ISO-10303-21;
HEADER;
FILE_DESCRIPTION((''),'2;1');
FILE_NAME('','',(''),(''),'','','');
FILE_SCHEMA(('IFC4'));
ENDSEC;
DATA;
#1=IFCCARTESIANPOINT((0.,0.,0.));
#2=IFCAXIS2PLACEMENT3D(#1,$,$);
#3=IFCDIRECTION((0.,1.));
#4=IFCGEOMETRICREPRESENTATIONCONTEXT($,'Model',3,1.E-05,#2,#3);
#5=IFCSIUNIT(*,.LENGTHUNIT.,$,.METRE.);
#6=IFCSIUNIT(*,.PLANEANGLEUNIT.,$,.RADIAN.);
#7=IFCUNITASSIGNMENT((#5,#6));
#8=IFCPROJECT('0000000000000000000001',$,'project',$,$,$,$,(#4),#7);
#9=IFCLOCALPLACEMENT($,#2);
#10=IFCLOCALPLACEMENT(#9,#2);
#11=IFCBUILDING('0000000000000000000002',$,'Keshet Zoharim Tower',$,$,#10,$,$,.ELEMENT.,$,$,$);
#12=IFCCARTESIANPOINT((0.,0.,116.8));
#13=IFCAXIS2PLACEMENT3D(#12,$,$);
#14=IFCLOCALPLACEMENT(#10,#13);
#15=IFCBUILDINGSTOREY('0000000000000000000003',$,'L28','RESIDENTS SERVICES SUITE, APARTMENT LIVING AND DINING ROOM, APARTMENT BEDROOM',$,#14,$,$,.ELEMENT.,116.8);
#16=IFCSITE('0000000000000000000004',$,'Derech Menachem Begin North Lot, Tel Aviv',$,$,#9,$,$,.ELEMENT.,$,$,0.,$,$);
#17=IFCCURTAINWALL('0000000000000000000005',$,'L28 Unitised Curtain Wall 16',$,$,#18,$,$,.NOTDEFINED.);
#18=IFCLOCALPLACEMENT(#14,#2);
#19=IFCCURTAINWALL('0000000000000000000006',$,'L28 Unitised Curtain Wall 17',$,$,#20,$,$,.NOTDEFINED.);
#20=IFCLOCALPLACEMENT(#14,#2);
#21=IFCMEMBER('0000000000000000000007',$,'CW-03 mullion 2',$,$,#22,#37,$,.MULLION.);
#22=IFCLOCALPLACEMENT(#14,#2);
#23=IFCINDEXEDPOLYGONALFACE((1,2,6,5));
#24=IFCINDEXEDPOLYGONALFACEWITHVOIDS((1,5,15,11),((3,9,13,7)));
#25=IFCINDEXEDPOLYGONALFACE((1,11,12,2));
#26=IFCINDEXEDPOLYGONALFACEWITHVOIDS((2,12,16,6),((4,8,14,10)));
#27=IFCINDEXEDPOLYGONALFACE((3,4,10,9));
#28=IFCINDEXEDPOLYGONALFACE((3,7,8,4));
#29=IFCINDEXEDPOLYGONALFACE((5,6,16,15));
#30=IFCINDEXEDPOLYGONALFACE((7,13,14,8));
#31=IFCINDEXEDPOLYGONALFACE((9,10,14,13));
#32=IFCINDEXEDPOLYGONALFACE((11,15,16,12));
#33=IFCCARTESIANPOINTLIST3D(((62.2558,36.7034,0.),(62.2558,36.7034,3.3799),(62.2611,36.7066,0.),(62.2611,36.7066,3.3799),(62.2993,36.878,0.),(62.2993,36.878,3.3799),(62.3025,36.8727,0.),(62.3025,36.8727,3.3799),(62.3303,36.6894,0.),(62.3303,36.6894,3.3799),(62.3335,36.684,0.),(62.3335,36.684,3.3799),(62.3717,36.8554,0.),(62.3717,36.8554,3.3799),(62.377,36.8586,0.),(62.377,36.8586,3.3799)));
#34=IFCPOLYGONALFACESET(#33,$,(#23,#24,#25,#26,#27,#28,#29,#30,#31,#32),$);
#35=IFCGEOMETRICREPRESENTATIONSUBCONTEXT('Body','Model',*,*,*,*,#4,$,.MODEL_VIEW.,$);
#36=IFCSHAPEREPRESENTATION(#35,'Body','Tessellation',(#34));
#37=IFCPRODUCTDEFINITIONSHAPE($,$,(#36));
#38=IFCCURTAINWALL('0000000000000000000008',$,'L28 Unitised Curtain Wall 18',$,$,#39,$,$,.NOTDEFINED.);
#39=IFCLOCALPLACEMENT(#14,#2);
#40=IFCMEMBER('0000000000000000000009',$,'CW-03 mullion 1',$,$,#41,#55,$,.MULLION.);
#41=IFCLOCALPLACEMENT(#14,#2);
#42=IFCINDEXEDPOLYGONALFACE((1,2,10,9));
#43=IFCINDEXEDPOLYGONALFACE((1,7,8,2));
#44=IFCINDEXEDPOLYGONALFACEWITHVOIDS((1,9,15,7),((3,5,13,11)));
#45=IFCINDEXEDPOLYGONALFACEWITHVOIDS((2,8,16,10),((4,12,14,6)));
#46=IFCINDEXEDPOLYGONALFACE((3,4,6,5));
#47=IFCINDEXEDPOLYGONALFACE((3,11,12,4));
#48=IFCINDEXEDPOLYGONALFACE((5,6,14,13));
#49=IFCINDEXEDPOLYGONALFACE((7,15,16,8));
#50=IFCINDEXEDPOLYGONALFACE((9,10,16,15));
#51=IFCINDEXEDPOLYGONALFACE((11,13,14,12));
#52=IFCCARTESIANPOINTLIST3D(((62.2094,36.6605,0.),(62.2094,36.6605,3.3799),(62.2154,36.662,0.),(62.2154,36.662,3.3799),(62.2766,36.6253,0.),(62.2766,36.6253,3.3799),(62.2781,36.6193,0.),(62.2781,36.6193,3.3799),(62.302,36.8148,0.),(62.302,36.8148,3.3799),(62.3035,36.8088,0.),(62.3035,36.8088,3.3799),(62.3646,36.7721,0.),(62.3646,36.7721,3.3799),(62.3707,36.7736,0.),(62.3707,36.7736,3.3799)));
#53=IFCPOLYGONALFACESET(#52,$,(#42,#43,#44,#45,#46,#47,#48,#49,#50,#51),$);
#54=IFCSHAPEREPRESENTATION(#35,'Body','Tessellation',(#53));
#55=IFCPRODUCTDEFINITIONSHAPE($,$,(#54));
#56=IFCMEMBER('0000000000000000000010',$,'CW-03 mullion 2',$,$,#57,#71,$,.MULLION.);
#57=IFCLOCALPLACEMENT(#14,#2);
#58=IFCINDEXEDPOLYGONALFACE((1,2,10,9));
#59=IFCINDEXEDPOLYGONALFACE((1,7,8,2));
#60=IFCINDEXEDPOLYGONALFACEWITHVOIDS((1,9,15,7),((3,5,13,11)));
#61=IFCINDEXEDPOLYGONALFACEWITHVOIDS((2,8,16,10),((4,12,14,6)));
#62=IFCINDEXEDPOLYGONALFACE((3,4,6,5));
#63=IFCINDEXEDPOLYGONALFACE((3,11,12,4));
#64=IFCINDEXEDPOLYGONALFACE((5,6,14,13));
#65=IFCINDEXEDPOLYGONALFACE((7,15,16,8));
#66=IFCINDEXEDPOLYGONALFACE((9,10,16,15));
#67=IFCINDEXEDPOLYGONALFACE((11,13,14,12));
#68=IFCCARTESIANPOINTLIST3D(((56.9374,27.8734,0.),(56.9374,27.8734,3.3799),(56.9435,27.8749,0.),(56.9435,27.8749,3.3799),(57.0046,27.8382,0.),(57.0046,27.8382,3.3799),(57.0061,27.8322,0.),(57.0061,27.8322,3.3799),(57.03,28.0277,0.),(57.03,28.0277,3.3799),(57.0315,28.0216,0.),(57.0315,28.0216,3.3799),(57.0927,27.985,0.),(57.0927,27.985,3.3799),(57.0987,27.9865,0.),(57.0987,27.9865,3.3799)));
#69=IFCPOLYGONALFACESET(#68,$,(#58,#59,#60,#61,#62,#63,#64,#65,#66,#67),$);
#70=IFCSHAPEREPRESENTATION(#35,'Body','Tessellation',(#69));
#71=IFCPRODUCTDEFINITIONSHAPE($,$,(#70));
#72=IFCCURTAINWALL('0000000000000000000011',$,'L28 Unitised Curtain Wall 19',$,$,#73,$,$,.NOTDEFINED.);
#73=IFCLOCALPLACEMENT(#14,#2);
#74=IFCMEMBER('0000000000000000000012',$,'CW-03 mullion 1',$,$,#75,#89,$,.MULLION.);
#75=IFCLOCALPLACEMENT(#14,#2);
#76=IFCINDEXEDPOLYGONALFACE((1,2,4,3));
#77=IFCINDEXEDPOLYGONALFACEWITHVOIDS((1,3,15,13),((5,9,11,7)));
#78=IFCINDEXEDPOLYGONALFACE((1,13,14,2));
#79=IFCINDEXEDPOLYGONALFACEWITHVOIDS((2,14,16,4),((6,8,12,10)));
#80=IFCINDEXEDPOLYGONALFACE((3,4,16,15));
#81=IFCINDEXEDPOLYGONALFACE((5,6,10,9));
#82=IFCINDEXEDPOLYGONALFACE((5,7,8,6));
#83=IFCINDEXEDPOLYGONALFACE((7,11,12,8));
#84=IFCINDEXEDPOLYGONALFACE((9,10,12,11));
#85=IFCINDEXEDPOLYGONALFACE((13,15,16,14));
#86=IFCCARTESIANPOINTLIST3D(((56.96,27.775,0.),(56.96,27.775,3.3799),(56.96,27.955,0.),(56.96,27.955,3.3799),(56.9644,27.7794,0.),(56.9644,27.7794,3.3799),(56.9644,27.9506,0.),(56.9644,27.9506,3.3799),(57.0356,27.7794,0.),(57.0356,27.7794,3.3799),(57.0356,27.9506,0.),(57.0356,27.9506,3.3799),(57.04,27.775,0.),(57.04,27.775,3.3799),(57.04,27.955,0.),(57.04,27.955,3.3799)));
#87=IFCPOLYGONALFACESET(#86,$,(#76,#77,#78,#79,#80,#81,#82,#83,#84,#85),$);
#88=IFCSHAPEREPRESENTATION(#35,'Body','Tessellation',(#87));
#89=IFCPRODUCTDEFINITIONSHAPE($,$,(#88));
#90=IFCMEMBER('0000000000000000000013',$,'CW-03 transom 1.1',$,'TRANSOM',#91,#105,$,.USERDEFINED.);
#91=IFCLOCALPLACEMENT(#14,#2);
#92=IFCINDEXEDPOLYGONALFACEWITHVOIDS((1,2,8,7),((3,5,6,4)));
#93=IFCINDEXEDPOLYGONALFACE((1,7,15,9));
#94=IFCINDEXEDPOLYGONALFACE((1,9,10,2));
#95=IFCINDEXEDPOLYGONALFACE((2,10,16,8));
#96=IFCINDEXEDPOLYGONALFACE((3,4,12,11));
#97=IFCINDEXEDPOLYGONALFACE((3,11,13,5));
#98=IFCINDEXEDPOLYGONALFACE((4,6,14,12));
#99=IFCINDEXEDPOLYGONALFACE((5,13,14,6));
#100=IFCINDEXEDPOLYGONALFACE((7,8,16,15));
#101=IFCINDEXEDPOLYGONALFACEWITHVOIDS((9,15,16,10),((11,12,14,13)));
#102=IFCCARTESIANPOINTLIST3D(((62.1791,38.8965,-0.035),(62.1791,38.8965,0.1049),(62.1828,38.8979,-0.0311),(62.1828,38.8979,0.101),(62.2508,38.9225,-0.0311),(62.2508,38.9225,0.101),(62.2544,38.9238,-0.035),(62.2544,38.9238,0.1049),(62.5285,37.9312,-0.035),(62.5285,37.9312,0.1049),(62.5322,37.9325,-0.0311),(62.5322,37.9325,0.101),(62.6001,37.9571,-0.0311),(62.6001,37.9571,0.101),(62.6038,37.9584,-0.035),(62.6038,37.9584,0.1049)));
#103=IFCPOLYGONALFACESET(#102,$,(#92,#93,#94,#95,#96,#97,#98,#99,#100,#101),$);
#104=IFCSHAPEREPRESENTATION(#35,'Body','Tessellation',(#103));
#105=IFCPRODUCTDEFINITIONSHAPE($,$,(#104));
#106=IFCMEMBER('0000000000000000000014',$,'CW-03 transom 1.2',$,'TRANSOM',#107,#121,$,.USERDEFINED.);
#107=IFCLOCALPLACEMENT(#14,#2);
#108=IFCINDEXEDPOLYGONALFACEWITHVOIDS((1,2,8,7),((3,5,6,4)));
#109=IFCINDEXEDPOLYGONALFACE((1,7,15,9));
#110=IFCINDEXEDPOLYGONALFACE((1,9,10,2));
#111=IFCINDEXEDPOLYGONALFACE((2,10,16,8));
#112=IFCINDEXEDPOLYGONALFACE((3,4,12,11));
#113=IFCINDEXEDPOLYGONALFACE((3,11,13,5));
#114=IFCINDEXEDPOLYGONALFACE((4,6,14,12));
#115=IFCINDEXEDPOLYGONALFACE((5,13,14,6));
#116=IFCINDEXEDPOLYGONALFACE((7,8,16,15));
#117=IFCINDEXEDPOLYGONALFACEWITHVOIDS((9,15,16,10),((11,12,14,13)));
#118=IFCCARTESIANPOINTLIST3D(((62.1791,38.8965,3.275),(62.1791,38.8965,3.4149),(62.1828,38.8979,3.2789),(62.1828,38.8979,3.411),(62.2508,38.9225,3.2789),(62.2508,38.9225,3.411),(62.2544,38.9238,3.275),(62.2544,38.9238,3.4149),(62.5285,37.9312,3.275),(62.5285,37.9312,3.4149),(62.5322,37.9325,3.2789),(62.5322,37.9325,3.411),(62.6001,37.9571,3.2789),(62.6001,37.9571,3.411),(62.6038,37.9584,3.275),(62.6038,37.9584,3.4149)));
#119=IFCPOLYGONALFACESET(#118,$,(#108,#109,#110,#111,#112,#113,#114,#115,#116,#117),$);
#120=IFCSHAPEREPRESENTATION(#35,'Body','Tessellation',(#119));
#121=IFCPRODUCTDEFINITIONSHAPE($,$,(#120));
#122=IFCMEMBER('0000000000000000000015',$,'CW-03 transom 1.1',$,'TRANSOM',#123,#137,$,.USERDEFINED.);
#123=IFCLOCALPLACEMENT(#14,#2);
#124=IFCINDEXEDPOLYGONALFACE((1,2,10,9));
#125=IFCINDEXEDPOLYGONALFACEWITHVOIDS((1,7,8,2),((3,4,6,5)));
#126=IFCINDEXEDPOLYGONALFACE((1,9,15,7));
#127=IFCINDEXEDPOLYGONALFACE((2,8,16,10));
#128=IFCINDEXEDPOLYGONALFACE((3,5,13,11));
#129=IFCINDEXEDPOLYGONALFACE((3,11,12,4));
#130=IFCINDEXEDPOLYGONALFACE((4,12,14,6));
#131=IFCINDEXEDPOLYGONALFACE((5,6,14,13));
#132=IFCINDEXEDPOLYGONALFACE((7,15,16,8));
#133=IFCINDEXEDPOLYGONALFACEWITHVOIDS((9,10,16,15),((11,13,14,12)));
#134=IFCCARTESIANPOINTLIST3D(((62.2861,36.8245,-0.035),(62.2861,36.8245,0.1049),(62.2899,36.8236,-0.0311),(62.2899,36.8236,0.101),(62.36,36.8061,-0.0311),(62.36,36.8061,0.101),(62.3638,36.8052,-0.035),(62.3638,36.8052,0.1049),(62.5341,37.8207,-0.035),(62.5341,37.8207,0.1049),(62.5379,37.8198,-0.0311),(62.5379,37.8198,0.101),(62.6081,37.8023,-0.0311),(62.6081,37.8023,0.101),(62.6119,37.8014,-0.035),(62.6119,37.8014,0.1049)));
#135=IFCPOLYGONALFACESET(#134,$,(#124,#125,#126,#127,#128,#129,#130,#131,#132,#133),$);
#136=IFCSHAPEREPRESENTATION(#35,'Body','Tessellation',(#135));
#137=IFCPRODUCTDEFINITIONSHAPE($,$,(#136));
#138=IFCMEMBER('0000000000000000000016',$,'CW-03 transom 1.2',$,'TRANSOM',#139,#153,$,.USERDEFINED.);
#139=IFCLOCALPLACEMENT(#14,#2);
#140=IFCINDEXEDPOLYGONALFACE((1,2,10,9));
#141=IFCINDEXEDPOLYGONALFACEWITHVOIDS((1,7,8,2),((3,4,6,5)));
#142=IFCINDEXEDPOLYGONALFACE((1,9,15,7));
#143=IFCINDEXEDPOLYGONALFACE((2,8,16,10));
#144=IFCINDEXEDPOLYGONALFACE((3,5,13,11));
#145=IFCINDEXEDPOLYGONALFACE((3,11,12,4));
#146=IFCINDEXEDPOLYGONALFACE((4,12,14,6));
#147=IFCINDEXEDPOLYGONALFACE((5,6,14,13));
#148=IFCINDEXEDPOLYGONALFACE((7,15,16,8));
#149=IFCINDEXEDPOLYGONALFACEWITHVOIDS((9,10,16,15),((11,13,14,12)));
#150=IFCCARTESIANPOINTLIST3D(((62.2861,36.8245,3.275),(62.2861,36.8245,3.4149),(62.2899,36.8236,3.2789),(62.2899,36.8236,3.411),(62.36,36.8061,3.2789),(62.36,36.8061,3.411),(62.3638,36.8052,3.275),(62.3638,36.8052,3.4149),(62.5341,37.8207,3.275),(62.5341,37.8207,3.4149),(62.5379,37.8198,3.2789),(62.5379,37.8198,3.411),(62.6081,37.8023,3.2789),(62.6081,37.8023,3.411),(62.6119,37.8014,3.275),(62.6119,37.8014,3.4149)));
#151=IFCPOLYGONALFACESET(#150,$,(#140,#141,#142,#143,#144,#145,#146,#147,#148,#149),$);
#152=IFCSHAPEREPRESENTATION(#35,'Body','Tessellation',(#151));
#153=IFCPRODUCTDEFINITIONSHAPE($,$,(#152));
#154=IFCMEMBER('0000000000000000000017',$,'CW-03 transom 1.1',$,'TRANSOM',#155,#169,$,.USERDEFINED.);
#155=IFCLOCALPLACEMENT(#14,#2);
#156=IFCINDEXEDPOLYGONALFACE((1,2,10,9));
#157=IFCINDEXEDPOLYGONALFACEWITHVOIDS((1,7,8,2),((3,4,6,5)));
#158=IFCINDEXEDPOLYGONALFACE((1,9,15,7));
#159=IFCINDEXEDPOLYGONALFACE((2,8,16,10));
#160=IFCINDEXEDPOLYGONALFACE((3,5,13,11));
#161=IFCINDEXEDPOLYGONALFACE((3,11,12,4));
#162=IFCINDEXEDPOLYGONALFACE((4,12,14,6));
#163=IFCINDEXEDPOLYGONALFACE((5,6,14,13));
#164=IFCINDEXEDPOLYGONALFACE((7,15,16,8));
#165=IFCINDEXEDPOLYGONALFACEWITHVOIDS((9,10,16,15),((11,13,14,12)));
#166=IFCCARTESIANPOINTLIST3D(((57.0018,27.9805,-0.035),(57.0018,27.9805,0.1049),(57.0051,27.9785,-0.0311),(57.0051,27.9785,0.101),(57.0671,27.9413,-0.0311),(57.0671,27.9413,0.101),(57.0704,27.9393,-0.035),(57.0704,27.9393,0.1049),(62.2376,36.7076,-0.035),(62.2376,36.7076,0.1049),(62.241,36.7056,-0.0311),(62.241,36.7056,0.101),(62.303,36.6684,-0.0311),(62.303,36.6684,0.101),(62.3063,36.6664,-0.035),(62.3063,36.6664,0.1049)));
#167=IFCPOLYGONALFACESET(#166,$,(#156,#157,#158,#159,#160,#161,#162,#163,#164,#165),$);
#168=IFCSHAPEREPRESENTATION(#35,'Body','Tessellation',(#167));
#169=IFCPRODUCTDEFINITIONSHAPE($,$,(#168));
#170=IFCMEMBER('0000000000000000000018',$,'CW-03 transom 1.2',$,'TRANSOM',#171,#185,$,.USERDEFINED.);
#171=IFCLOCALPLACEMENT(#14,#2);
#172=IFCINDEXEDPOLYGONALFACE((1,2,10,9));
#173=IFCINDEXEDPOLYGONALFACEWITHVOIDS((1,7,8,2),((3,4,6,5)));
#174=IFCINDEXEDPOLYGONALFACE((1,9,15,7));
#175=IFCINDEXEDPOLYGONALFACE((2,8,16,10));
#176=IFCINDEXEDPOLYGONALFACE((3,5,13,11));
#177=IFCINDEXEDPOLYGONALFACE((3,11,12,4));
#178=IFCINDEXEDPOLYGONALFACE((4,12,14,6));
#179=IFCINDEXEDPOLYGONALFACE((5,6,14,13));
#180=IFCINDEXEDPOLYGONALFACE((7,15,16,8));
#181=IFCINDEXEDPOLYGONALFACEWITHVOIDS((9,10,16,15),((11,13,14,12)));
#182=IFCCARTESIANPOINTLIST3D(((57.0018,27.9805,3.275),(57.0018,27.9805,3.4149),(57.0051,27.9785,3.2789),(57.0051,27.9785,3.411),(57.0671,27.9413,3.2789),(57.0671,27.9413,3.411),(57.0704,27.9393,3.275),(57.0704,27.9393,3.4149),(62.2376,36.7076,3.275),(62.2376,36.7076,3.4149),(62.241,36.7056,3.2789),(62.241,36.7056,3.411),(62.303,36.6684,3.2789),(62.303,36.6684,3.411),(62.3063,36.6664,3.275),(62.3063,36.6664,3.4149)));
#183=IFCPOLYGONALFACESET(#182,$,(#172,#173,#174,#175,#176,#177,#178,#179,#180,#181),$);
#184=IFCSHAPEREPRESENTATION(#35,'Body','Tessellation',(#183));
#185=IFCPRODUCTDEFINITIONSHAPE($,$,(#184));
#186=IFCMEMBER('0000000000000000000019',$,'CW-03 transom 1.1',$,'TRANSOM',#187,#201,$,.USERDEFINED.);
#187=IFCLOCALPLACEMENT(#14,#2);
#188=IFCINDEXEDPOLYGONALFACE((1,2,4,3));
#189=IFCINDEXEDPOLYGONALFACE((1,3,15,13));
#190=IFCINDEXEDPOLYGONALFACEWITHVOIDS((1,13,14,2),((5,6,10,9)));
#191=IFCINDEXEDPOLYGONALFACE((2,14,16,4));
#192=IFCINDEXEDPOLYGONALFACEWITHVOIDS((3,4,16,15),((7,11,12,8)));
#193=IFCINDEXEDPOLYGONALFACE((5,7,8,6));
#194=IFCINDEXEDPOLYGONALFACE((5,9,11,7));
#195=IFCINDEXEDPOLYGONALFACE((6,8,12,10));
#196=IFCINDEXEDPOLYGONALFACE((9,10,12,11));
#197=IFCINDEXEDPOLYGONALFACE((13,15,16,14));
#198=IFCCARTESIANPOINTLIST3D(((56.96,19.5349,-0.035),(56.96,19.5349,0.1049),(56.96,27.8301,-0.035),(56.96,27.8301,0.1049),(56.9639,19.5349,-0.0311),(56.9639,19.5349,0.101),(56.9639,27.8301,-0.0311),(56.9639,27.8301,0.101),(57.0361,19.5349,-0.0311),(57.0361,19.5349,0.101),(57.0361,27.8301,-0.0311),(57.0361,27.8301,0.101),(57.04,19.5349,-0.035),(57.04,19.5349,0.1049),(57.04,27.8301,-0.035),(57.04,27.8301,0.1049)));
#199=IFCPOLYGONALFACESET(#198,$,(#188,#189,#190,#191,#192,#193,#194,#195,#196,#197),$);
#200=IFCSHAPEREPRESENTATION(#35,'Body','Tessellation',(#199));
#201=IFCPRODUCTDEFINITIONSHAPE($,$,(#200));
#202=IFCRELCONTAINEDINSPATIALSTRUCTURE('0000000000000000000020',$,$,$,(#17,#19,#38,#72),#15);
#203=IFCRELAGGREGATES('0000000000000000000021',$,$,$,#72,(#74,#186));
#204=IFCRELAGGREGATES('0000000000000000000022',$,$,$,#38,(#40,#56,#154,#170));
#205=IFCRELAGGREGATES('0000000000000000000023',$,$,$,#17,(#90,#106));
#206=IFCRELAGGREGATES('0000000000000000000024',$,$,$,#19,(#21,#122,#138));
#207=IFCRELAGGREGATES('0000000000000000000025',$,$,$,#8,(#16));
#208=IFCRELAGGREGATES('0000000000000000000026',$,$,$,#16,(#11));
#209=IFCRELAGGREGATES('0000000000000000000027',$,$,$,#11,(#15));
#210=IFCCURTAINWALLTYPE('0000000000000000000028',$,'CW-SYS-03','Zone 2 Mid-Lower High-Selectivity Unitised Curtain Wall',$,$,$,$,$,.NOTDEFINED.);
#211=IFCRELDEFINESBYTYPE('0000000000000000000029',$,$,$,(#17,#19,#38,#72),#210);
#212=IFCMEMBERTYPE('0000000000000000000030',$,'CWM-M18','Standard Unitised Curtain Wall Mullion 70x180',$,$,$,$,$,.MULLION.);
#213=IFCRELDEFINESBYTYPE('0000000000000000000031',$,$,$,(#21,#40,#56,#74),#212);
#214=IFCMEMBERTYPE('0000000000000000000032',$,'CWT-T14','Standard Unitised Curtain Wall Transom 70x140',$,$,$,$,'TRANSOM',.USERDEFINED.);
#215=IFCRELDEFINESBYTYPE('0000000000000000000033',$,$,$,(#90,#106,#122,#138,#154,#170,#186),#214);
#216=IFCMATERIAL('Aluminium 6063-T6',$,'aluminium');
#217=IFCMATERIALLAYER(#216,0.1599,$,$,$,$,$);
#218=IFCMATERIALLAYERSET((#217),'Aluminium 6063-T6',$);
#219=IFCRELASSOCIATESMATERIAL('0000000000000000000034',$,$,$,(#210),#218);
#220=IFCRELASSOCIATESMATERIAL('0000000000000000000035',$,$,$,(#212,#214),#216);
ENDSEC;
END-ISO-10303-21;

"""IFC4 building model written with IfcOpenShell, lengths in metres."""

from ifc_helpers import new_model, si_unit, direction, frame, origin, origin_2d, place, context, subcontext, project, spatial, hollow_rectangle, extrude, material, layer, layer_set, material_profile, profile_set, type_object, element, aggregate, save


model = new_model("IFC4")

# Units and contexts
model_context = context("Model", 3, precision=1e-05, world=origin(), true_north=direction((0.0, 1.0)))
body_context = subcontext(model_context, "Body", "Model", "MODEL_VIEW")
ifc_project = project(units=[si_unit("LENGTHUNIT", "METRE"), si_unit("PLANEANGLEUNIT", "RADIAN")], contexts=[model_context])

# Site, building, storey
site_placement = place(None, origin())
site = spatial("IfcSite", under=ifc_project, at=site_placement, Name="Derech Menachem Begin North Lot, Tel Aviv", CompositionType="ELEMENT", RefElevation=0.0)
building_placement = place(site_placement, origin())
building = spatial("IfcBuilding", under=site, at=building_placement, Name="Keshet Zoharim Tower", CompositionType="ELEMENT")
storey_placement = place(building_placement, frame((0.0, 0.0, 116.8)))
storey = spatial("IfcBuildingStorey", under=building, at=storey_placement, Name="L28", Description="RESIDENTS SERVICES SUITE, APARTMENT LIVING AND DINING ROOM, APARTMENT BEDROOM", CompositionType="ELEMENT", Elevation=116.8)

# Shared definitions
ifc_material_1 = material(Name="Aluminium 6063-T6", Category="aluminium")
ifc_layer_1 = layer(ifc_material_1, 0.1599)
ifc_layer_set_1 = layer_set([ifc_layer_1], Name="Aluminium 6063-T6")
curtain_wall_type = type_object("IfcCurtainWallType", Name="CW-SYS-03", Description="Zone 2 Mid-Lower High-Selectivity Unitised Curtain Wall", PredefinedType="NOTDEFINED", material=ifc_layer_set_1)
ifc_material_profile_1 = material_profile(ifc_material_1, hollow_rectangle(XDim=0.0801, YDim=0.1799, WallThickness=0.0044, at=origin_2d()), Name="MUL-80x180")
ifc_profile_set_1 = profile_set([ifc_material_profile_1], Name="Aluminium 6063-T6")
member_type_1 = type_object("IfcMemberType", Name="CWM-M18", Description="Standard Unitised Curtain Wall Mullion 70x180", PredefinedType="MULLION", material=ifc_profile_set_1)

# Curtain walls, members
curtain_wall_1_placement = place(storey_placement, origin())
curtain_wall_1 = element("IfcCurtainWall", 1, at=curtain_wall_1_placement, inside=storey, type_object=curtain_wall_type, Name="L28 Unitised Curtain Wall 16", PredefinedType="NOTDEFINED")
curtain_wall_2_placement = place(storey_placement, origin())
curtain_wall_2 = element("IfcCurtainWall", 2, at=curtain_wall_2_placement, inside=storey, type_object=curtain_wall_type, Name="L28 Unitised Curtain Wall 17", PredefinedType="NOTDEFINED")
member_1_placement = place(storey_placement, frame((62.3164, 36.781, 0.0), z_axis=(0.0, 0.0, 1.0), x_axis=(0.970344, -0.241729, 0.0)))
member_1 = element("IfcMember", 3, at=member_1_placement, type_object=member_type_1, Name="CW-03 mullion 2", PredefinedType="MULLION", context=body_context, shape_type="SweptSolid", body=[
    extrude(hollow_rectangle(XDim=0.0801, YDim=0.1799, WallThickness=0.0044, at=origin_2d()), origin(), (0.0, 0.0, 1.0), 3.3799),
])
curtain_wall_3_placement = place(storey_placement, origin())
curtain_wall_3 = element("IfcCurtainWall", 4, at=curtain_wall_3_placement, inside=storey, type_object=curtain_wall_type, Name="L28 Unitised Curtain Wall 18", PredefinedType="NOTDEFINED")
member_2_placement = place(storey_placement, frame((62.29, 36.717, 0.0), z_axis=(0.0, 0.0, 1.0), x_axis=(0.857501, -0.514482, 0.0)))
member_2 = element("IfcMember", 5, at=member_2_placement, type_object=member_type_1, Name="CW-03 mullion 1", PredefinedType="MULLION", context=body_context, shape_type="SweptSolid", body=[
    extrude(hollow_rectangle(XDim=0.0801, YDim=0.1799, WallThickness=0.0044, at=origin_2d()), origin(), (0.0, 0.0, 1.0), 3.3799),
])
member_3_placement = place(storey_placement, frame((57.0181, 27.9299, 0.0), z_axis=(0.0, 0.0, 1.0), x_axis=(0.857501, -0.514482, 0.0)))
member_3 = element("IfcMember", 6, at=member_3_placement, type_object=member_type_1, Name="CW-03 mullion 2", PredefinedType="MULLION", context=body_context, shape_type="SweptSolid", body=[
    extrude(hollow_rectangle(XDim=0.0801, YDim=0.1799, WallThickness=0.0044, at=origin_2d()), origin(), (0.0, 0.0, 1.0), 3.3799),
])

# Curtain wall, member
curtain_wall_4_placement = place(storey_placement, origin())
curtain_wall_4 = element("IfcCurtainWall", 7, at=curtain_wall_4_placement, inside=storey, type_object=curtain_wall_type, Name="L28 Unitised Curtain Wall 19", PredefinedType="NOTDEFINED")
member_4_placement = place(storey_placement, frame((57.0, 27.865, 0.0), z_axis=(0.0, 0.0, 1.0), x_axis=(1.0, 0.0, 0.0)))
member_4 = element("IfcMember", 8, at=member_4_placement, type_object=member_type_1, Name="CW-03 mullion 1", PredefinedType="MULLION", context=body_context, shape_type="SweptSolid", body=[
    extrude(hollow_rectangle(XDim=0.0801, YDim=0.1799, WallThickness=0.0044, at=origin_2d()), origin(), (0.0, 0.0, 1.0), 3.3799),
])

# Members
ifc_material_profile_2 = material_profile(ifc_material_1, hollow_rectangle(XDim=0.0801, YDim=0.1399, WallThickness=0.0039, at=origin_2d()), Name="TRN-80x140")
ifc_profile_set_2 = profile_set([ifc_material_profile_2], Name="Aluminium 6063-T6")
member_type_2 = type_object("IfcMemberType", Name="CWT-T14", Description="Standard Unitised Curtain Wall Transom 70x140", ElementType="TRANSOM", PredefinedType="USERDEFINED", material=ifc_profile_set_2)
member_5_placement = place(storey_placement, frame((62.2168, 38.9102, 0.0349), z_axis=(0.340311, -0.940313, 0.0), x_axis=(0.940313, 0.340311, 0.0)))
member_5 = element("IfcMember", 9, at=member_5_placement, type_object=member_type_2, Name="CW-03 transom 1.1", ObjectType="TRANSOM", PredefinedType="USERDEFINED", context=body_context, shape_type="SweptSolid", body=[
    extrude(hollow_rectangle(XDim=0.0801, YDim=0.1399, WallThickness=0.0039, at=origin_2d()), origin(), (0.0, 0.0, 1.0), 1.0266),
])
member_6_placement = place(storey_placement, frame((62.2168, 38.9102, 3.345), z_axis=(0.340311, -0.940313, 0.0), x_axis=(0.940313, 0.340311, 0.0)))
member_6 = element("IfcMember", 10, at=member_6_placement, type_object=member_type_2, Name="CW-03 transom 1.2", ObjectType="TRANSOM", PredefinedType="USERDEFINED", context=body_context, shape_type="SweptSolid", body=[
    extrude(hollow_rectangle(XDim=0.0801, YDim=0.1399, WallThickness=0.0039, at=origin_2d()), origin(), (0.0, 0.0, 1.0), 1.0266),
])
member_7_placement = place(storey_placement, frame((62.573, 37.811, 0.0349), z_axis=(-0.24164, -0.970366, 0.0), x_axis=(0.970366, -0.24164, 0.0)))
member_7 = element("IfcMember", 11, at=member_7_placement, type_object=member_type_2, Name="CW-03 transom 1.1", ObjectType="TRANSOM", PredefinedType="USERDEFINED", context=body_context, shape_type="SweptSolid", body=[
    extrude(hollow_rectangle(XDim=0.0801, YDim=0.1399, WallThickness=0.0039, at=origin_2d()), origin(), (0.0, 0.0, 1.0), 1.0266),
])
member_8_placement = place(storey_placement, frame((62.573, 37.811, 3.345), z_axis=(-0.24164, -0.970366, 0.0), x_axis=(0.970366, -0.24164, 0.0)))
member_8 = element("IfcMember", 12, at=member_8_placement, type_object=member_type_2, Name="CW-03 transom 1.2", ObjectType="TRANSOM", PredefinedType="USERDEFINED", context=body_context, shape_type="SweptSolid", body=[
    extrude(hollow_rectangle(XDim=0.0801, YDim=0.1399, WallThickness=0.0039, at=origin_2d()), origin(), (0.0, 0.0, 1.0), 1.0266),
])
member_9_placement = place(storey_placement, frame((62.272, 36.687, 0.0349), z_axis=(-0.514468, -0.85751, 0.0), x_axis=(0.85751, -0.514468, 0.0)))
member_9 = element("IfcMember", 13, at=member_9_placement, type_object=member_type_2, Name="CW-03 transom 1.1", ObjectType="TRANSOM", PredefinedType="USERDEFINED", context=body_context, shape_type="SweptSolid", body=[
    extrude(hollow_rectangle(XDim=0.0801, YDim=0.1399, WallThickness=0.0039, at=origin_2d()), origin(), (0.0, 0.0, 1.0), 10.1772),
])
member_10_placement = place(storey_placement, frame((62.272, 36.687, 3.345), z_axis=(-0.514468, -0.85751, 0.0), x_axis=(0.85751, -0.514468, 0.0)))
member_10 = element("IfcMember", 14, at=member_10_placement, type_object=member_type_2, Name="CW-03 transom 1.2", ObjectType="TRANSOM", PredefinedType="USERDEFINED", context=body_context, shape_type="SweptSolid", body=[
    extrude(hollow_rectangle(XDim=0.0801, YDim=0.1399, WallThickness=0.0039, at=origin_2d()), origin(), (0.0, 0.0, 1.0), 10.1772),
])
member_11_placement = place(storey_placement, frame((57.0, 27.8301, 0.0349), z_axis=(0.0, -1.0, 0.0), x_axis=(1.0, 0.0, 0.0)))
member_11 = element("IfcMember", 15, at=member_11_placement, type_object=member_type_2, Name="CW-03 transom 1.1", ObjectType="TRANSOM", PredefinedType="USERDEFINED", context=body_context, shape_type="SweptSolid", body=[
    extrude(hollow_rectangle(XDim=0.0801, YDim=0.1399, WallThickness=0.0039, at=origin_2d()), origin(), (0.0, 0.0, 1.0), 8.2952),
])
aggregate(curtain_wall_4, [member_4, member_11])

aggregate(curtain_wall_3, [member_2, member_3, member_9, member_10])
aggregate(curtain_wall_1, [member_5, member_6])
aggregate(curtain_wall_2, [member_1, member_7, member_8])

save(model, "model.ifc")
